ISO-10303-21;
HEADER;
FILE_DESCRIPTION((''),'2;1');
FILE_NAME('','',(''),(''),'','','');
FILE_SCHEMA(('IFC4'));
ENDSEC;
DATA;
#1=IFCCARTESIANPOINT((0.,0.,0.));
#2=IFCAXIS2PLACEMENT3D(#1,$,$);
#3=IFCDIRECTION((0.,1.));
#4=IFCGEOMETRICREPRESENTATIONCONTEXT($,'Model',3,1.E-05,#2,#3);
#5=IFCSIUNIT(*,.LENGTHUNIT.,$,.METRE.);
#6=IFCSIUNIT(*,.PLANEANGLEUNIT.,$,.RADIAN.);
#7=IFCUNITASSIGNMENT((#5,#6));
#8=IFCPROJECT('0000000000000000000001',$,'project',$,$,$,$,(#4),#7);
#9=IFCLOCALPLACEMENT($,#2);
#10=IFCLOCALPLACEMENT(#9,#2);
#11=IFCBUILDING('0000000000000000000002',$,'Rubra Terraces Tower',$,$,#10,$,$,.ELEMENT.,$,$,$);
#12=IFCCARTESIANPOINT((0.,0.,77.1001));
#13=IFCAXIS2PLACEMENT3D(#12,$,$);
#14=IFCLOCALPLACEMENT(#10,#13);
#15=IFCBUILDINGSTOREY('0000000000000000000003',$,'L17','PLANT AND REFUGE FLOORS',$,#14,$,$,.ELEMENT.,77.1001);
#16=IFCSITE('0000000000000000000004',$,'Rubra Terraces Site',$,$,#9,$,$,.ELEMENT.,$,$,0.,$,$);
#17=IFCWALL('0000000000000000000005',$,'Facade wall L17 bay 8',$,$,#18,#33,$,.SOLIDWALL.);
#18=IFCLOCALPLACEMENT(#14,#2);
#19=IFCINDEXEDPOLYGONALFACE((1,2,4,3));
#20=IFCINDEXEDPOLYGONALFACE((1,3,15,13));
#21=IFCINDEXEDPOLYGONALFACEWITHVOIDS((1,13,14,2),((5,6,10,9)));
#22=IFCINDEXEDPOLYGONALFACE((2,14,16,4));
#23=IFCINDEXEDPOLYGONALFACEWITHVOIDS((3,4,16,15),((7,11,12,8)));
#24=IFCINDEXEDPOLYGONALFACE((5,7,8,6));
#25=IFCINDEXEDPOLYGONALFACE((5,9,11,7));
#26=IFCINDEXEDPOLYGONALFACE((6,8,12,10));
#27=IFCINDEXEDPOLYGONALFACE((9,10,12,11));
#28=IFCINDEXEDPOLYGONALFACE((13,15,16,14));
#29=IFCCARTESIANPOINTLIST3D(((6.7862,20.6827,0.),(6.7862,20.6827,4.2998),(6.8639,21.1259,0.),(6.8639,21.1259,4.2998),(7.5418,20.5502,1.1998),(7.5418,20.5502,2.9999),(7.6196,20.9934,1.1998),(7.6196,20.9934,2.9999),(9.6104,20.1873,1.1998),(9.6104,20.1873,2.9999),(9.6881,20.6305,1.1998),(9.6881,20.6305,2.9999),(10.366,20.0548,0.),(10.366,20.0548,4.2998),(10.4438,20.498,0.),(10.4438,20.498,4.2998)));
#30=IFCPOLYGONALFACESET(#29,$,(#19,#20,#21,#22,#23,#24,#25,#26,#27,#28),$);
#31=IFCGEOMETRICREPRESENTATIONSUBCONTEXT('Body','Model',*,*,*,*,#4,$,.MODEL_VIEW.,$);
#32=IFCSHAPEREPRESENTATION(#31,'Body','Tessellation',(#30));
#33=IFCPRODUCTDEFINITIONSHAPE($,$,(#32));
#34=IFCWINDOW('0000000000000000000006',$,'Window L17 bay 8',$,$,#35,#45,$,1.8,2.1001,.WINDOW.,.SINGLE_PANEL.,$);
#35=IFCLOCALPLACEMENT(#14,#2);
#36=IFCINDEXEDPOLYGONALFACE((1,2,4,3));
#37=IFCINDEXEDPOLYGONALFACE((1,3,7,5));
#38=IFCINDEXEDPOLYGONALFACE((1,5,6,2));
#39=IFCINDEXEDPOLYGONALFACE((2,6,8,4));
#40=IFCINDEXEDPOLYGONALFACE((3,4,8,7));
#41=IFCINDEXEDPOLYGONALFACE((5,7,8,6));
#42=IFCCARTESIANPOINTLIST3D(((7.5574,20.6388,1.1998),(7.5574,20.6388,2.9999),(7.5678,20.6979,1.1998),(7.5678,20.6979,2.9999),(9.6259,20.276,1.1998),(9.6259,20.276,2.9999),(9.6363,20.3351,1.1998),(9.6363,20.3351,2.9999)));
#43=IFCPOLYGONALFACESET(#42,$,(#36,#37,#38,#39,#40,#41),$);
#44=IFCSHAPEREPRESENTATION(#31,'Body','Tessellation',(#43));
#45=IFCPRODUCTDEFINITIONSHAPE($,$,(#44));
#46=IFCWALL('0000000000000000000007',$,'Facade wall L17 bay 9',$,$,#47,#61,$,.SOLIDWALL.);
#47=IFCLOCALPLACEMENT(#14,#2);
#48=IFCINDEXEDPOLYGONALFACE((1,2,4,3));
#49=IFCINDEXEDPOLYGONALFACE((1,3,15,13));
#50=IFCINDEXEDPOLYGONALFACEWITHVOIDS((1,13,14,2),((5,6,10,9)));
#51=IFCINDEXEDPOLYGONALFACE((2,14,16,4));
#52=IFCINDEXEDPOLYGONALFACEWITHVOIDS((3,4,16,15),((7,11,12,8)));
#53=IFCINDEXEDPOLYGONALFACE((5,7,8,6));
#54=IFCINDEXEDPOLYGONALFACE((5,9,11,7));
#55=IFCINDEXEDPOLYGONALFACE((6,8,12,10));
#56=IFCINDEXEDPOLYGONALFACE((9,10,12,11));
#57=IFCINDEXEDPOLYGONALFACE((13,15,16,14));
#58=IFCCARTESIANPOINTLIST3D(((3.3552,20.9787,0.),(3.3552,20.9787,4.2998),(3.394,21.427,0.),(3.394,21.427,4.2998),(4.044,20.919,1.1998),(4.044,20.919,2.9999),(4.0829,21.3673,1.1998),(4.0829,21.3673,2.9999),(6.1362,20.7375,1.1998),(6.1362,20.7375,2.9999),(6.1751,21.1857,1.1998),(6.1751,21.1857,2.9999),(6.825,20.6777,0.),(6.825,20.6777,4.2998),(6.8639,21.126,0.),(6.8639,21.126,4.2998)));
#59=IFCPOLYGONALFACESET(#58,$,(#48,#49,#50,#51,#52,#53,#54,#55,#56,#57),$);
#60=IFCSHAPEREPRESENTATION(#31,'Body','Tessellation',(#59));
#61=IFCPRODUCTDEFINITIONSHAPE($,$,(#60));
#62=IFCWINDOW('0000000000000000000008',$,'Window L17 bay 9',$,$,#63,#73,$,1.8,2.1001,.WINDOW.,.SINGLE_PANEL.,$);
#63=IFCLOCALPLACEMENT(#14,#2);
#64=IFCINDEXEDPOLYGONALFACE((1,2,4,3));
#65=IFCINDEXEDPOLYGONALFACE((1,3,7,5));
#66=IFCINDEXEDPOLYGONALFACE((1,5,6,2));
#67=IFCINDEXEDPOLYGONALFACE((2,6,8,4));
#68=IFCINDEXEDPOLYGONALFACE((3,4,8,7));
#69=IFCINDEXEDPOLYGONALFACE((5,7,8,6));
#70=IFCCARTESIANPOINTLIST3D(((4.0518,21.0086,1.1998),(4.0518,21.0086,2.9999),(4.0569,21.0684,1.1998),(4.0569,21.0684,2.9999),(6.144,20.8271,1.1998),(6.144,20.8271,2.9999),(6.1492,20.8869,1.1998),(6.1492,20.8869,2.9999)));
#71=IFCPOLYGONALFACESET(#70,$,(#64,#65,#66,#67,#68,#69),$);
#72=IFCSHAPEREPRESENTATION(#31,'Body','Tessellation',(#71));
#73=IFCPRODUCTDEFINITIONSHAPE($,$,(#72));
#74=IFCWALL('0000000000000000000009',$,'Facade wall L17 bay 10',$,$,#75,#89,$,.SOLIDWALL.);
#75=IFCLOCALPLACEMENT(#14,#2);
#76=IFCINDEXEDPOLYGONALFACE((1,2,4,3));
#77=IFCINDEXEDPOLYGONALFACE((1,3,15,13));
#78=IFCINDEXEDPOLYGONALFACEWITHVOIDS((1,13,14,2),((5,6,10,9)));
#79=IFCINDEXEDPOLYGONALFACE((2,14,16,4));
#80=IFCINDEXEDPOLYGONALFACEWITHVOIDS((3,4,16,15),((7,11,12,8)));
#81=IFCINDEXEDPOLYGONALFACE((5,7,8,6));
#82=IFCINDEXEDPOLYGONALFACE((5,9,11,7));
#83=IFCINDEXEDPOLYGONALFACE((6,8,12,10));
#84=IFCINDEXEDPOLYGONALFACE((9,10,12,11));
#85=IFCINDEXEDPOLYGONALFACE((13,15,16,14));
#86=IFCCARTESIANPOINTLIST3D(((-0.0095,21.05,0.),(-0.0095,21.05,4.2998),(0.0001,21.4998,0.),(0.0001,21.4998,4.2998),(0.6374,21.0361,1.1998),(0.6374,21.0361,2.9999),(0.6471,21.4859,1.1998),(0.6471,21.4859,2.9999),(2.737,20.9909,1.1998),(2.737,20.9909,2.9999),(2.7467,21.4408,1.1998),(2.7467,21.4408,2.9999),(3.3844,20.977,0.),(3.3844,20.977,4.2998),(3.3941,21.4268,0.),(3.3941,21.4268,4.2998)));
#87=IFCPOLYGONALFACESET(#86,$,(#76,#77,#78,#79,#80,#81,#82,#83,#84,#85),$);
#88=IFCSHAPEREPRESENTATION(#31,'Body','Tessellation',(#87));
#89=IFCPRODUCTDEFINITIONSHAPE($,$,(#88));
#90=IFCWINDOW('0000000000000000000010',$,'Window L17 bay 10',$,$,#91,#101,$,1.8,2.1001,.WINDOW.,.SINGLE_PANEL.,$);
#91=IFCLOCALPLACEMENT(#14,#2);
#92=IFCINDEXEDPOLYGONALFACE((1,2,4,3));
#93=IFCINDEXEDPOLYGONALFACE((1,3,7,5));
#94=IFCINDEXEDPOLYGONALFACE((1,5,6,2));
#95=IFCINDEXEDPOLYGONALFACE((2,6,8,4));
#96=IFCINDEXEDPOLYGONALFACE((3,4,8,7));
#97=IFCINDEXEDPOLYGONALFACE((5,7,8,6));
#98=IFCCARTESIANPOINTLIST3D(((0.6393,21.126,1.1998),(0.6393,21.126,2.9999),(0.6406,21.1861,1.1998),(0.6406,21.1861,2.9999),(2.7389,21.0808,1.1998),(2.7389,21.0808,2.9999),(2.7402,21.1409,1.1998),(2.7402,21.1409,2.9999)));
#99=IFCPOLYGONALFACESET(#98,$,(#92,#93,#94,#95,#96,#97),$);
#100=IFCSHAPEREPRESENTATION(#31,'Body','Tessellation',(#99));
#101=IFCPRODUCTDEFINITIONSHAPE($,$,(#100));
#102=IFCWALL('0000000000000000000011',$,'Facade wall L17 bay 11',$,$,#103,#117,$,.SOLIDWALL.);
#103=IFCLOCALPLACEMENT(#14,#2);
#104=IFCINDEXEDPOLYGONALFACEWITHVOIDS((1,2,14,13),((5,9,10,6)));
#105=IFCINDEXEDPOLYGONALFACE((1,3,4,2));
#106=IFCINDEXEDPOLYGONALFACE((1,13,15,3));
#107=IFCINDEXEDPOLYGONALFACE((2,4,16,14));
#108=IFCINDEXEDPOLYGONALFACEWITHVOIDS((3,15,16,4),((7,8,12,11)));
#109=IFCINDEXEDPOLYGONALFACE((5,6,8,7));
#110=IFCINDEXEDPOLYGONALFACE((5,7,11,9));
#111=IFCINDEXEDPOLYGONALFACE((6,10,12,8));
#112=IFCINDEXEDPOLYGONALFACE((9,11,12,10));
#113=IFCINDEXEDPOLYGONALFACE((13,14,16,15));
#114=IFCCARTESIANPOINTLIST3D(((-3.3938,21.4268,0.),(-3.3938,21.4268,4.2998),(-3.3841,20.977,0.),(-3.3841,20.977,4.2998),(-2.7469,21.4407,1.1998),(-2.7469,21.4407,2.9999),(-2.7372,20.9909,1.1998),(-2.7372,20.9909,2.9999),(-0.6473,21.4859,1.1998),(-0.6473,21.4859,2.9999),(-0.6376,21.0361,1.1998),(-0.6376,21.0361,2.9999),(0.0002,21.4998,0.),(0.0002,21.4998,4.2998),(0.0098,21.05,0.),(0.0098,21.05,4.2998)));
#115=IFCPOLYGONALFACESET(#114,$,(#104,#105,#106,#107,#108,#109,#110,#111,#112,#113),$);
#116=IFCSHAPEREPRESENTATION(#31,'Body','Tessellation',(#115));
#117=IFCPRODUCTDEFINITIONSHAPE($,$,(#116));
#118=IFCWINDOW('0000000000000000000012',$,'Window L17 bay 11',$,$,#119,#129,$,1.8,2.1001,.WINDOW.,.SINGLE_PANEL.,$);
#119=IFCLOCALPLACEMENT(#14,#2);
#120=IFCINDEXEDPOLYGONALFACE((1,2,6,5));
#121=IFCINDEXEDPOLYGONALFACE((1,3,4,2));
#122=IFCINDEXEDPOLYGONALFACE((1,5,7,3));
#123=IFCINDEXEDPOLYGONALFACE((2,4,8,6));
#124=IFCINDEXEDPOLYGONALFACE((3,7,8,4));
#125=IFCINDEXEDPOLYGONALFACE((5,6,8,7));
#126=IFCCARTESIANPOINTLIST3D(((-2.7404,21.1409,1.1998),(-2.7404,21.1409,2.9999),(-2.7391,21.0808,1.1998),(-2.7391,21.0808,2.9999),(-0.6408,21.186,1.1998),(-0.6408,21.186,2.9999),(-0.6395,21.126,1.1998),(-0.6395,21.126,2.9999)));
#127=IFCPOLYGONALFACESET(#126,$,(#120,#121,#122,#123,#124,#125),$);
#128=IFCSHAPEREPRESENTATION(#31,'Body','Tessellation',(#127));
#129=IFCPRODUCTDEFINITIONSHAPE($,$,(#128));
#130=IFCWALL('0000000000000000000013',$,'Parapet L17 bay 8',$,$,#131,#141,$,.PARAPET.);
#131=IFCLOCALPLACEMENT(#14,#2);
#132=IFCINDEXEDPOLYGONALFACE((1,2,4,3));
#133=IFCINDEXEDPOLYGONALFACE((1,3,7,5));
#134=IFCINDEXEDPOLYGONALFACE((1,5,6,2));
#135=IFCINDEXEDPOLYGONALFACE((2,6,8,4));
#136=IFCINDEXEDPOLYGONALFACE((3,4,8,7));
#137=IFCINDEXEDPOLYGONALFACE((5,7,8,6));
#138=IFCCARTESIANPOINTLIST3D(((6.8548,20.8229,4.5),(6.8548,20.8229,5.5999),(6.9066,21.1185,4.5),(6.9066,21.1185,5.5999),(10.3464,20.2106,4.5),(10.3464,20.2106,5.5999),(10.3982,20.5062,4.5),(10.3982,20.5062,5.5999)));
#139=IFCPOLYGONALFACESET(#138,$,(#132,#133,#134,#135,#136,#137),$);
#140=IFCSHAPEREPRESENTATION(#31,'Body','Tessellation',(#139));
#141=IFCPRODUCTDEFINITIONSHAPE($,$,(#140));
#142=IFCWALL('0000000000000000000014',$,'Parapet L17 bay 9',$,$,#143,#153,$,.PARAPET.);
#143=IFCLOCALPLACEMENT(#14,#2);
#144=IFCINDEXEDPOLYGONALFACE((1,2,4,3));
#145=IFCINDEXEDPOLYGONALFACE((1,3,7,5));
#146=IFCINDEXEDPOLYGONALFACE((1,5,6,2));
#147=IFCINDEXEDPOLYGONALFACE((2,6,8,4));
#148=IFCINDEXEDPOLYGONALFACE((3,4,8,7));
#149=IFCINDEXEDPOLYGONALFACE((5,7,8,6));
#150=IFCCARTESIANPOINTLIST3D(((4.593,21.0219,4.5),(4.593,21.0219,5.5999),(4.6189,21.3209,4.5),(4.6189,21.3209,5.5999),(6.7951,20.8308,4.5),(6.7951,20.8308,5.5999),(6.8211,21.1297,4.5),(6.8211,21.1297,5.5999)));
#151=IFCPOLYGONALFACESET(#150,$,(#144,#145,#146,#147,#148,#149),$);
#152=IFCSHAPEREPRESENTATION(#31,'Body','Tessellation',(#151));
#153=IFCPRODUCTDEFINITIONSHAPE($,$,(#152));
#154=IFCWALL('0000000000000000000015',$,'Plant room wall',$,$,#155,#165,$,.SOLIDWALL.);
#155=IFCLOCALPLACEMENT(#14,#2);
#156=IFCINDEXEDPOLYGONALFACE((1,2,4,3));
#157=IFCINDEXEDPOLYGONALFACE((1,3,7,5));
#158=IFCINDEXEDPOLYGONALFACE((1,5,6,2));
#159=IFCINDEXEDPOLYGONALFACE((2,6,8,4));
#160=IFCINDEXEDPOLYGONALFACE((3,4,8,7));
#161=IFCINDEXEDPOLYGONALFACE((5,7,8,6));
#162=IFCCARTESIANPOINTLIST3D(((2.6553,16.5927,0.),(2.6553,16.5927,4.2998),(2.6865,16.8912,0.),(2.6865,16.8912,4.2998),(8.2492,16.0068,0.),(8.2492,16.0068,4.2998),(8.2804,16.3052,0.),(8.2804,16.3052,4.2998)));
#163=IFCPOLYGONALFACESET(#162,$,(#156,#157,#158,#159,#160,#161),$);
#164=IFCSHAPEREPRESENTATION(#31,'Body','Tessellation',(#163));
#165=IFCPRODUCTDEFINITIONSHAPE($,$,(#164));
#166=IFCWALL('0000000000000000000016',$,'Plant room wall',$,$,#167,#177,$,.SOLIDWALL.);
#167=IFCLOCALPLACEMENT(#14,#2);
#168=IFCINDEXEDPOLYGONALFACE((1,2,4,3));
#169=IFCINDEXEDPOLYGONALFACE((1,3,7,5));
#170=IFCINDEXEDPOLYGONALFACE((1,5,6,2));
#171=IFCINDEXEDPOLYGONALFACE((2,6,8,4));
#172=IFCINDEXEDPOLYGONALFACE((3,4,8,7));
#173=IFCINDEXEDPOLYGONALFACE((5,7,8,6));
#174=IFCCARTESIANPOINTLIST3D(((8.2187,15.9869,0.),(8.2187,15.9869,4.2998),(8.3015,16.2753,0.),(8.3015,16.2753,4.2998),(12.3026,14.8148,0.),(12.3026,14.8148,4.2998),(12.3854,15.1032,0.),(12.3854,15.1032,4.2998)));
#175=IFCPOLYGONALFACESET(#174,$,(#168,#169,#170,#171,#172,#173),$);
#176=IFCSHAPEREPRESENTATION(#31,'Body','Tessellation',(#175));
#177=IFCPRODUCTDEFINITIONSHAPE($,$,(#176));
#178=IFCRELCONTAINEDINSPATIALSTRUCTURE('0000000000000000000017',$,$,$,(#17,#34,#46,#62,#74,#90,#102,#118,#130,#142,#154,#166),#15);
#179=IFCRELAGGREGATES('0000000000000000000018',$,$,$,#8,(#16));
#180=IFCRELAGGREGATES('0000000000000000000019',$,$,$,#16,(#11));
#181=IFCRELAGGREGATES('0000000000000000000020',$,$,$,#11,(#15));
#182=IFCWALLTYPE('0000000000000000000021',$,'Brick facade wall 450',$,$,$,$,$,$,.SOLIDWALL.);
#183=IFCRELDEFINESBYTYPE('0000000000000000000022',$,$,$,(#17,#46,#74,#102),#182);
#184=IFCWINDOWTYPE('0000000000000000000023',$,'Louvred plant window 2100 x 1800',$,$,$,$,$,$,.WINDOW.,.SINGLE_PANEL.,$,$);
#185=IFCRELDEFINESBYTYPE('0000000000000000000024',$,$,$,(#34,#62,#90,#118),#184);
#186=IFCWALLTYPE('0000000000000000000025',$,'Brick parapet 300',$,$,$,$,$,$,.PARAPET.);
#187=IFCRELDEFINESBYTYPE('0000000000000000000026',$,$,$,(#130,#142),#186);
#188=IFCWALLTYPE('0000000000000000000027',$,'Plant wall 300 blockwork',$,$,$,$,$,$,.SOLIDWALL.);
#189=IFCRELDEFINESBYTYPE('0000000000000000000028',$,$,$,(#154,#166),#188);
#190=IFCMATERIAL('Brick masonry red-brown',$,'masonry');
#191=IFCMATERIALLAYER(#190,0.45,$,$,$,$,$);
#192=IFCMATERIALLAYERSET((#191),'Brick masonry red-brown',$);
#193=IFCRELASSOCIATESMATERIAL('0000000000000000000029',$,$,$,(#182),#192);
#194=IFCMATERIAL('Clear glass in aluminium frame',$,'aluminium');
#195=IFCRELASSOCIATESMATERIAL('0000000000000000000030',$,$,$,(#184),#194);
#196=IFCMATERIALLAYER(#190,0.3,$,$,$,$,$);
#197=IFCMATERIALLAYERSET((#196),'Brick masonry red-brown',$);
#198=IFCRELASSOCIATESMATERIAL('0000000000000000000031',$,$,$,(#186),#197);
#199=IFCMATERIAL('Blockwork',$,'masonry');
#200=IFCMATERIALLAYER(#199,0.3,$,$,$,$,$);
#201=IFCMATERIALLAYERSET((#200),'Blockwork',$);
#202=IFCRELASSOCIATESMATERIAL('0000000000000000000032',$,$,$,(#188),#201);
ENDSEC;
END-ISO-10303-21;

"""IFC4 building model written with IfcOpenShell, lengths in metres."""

from ifc_helpers import new_model, si_unit, direction, frame, frame_2d, origin, place, context, subcontext, project, spatial, rectangle, extrude, material, layer, layer_set, type_object, element, fill, save


model = new_model("IFC4")

# Units and contexts
model_context = context("Model", 3, precision=1e-05, world=origin(), true_north=direction((0.0, 1.0)))
body_context = subcontext(model_context, "Body", "Model", "MODEL_VIEW")
ifc_project = project(units=[si_unit("LENGTHUNIT", "METRE"), si_unit("PLANEANGLEUNIT", "RADIAN")], contexts=[model_context])

# Site, building, storey
site_placement = place(None, origin())
site = spatial("IfcSite", under=ifc_project, at=site_placement, Name="Rubra Terraces Site", CompositionType="ELEMENT", RefElevation=0.0)
building_placement = place(site_placement, origin())
building = spatial("IfcBuilding", under=site, at=building_placement, Name="Rubra Terraces Tower", CompositionType="ELEMENT")
storey_placement = place(building_placement, frame((0.0, 0.0, 77.1001)))
storey = spatial("IfcBuildingStorey", under=building, at=storey_placement, Name="L17", Description="PLANT AND REFUGE FLOORS", CompositionType="ELEMENT", Elevation=77.1001)

# Walls, openings, windows
ifc_material_1 = material(Name="Brick masonry red-brown", Category="masonry")
ifc_layer_1 = layer(ifc_material_1, 0.45)
ifc_layer_set_1 = layer_set([ifc_layer_1], Name="Brick masonry red-brown")
wall_type_1 = type_object("IfcWallType", Name="Brick facade wall 450", PredefinedType="SOLIDWALL", material=ifc_layer_set_1)
wall_1_placement = place(storey_placement, frame((10.405, 20.2764, 0.0), z_axis=(0.0, 0.0, 1.0), x_axis=(-0.984962, 0.17277, 0.0)))
wall_1 = element("IfcWall", 1, at=wall_1_placement, inside=storey, type_object=wall_type_1, Name="Facade wall L17 bay 8", PredefinedType="SOLIDWALL", context=body_context, shape_type="SweptSolid", body=[
    extrude(rectangle(XDim=3.6345, YDim=0.45, at=frame_2d((1.8174, 0.0))), origin(), (0.0, 0.0, 1.0), 4.2998),
])
opening_1_placement = place(wall_1_placement, frame((0.7673, 0.0, 1.2)))
opening_1 = element("IfcOpeningElement", 2, at=opening_1_placement, cuts=wall_1, PredefinedType="OPENING", context=body_context, shape_type="SweptSolid", body=[
    extrude(rectangle(XDim=2.1001, YDim=1.8, at=frame_2d((1.05, 0.8999))), frame((0.0, 0.2349, 0.0), z_axis=(0.0, -1.0, 0.0), x_axis=(1.0, 0.0, 0.0)), (0.0, 0.0, 1.0), 0.47),
])
ifc_material_2 = material(Name="Clear glass in aluminium frame", Category="aluminium")
window_type = type_object("IfcWindowType", Name="Louvred plant window 2100 x 1800", PartitioningType="SINGLE_PANEL", PredefinedType="WINDOW", material=ifc_material_2)
window_1_placement = place(opening_1_placement, origin())
window_1 = element("IfcWindow", 3, at=window_1_placement, inside=storey, type_object=window_type, Name="Window L17 bay 8", OverallHeight=1.8, OverallWidth=2.1001, PartitioningType="SINGLE_PANEL", PredefinedType="WINDOW", context=body_context, shape_type="SweptSolid", body=[
    extrude(rectangle(XDim=2.1001, YDim=1.8, at=frame_2d((1.05, 0.8999))), frame((0.0, 0.135, 0.0), z_axis=(0.0, -1.0, 0.0), x_axis=(1.0, 0.0, 0.0)), (0.0, 0.0, 1.0), 0.0601),
])
fill(opening_1, window_1)
wall_2_placement = place(storey_placement, frame((6.8445, 20.9019, 0.0), z_axis=(0.0, 0.0, 1.0), x_axis=(-0.996258, 0.086427, 0.0)))
wall_2 = element("IfcWall", 4, at=wall_2_placement, inside=storey, type_object=wall_type_1, Name="Facade wall L17 bay 9", PredefinedType="SOLIDWALL", context=body_context, shape_type="SweptSolid", body=[
    extrude(rectangle(XDim=3.4829, YDim=0.45, at=frame_2d((1.7415, 0.0))), origin(), (0.0, 0.0, 1.0), 4.2998),
])
opening_2_placement = place(wall_2_placement, frame((0.6914, 0.0, 1.2)))
opening_2 = element("IfcOpeningElement", 5, at=opening_2_placement, cuts=wall_2, PredefinedType="OPENING", context=body_context, shape_type="SweptSolid", body=[
    extrude(rectangle(XDim=2.1001, YDim=1.8, at=frame_2d((1.05, 0.8999))), frame((0.0, 0.2349, 0.0), z_axis=(0.0, -1.0, 0.0), x_axis=(1.0, 0.0, 0.0)), (0.0, 0.0, 1.0), 0.47),
])
window_2_placement = place(opening_2_placement, origin())
window_2 = element("IfcWindow", 6, at=window_2_placement, inside=storey, type_object=window_type, Name="Window L17 bay 9", OverallHeight=1.8, OverallWidth=2.1001, PartitioningType="SINGLE_PANEL", PredefinedType="WINDOW", context=body_context, shape_type="SweptSolid", body=[
    extrude(rectangle(XDim=2.1001, YDim=1.8, at=frame_2d((1.05, 0.8999))), frame((0.0, 0.135, 0.0), z_axis=(0.0, -1.0, 0.0), x_axis=(1.0, 0.0, 0.0)), (0.0, 0.0, 1.0), 0.0601),
])
fill(opening_2, window_2)
wall_3_placement = place(storey_placement, frame((3.3892, 21.2019, 0.0), z_axis=(0.0, 0.0, 1.0), x_axis=(-0.999769, 0.021503, 0.0)))
wall_3 = element("IfcWall", 7, at=wall_3_placement, inside=storey, type_object=wall_type_1, Name="Facade wall L17 bay 10", PredefinedType="SOLIDWALL", context=body_context, shape_type="SweptSolid", body=[
    extrude(rectangle(XDim=3.3948, YDim=0.45, at=frame_2d((1.6973, 0.0))), origin(), (0.0, 0.0, 1.0), 4.2998),
])
opening_3_placement = place(wall_3_placement, frame((0.6475, 0.0, 1.2)))
opening_3 = element("IfcOpeningElement", 8, at=opening_3_placement, cuts=wall_3, PredefinedType="OPENING", context=body_context, shape_type="SweptSolid", body=[
    extrude(rectangle(XDim=2.1001, YDim=1.8, at=frame_2d((1.05, 0.8999))), frame((0.0, 0.2349, 0.0), z_axis=(0.0, -1.0, 0.0), x_axis=(1.0, 0.0, 0.0)), (0.0, 0.0, 1.0), 0.47),
])
window_3_placement = place(opening_3_placement, origin())
window_3 = element("IfcWindow", 9, at=window_3_placement, inside=storey, type_object=window_type, Name="Window L17 bay 10", OverallHeight=1.8, OverallWidth=2.1001, PartitioningType="SINGLE_PANEL", PredefinedType="WINDOW", context=body_context, shape_type="SweptSolid", body=[
    extrude(rectangle(XDim=2.1001, YDim=1.8, at=frame_2d((1.05, 0.8999))), frame((0.0, 0.135, 0.0), z_axis=(0.0, -1.0, 0.0), x_axis=(1.0, 0.0, 0.0)), (0.0, 0.0, 1.0), 0.0601),
])
fill(opening_3, window_3)
wall_4_placement = place(storey_placement, frame((0.0049, 21.2749, 0.0), z_axis=(0.0, 0.0, 1.0), x_axis=(-0.999769, -0.021503, 0.0)))
wall_4 = element("IfcWall", 10, at=wall_4_placement, inside=storey, type_object=wall_type_1, Name="Facade wall L17 bay 11", PredefinedType="SOLIDWALL", context=body_context, shape_type="SweptSolid", body=[
    extrude(rectangle(XDim=3.3948, YDim=0.45, at=frame_2d((1.6973, 0.0))), origin(), (0.0, 0.0, 1.0), 4.2998),
])
opening_4_placement = place(wall_4_placement, frame((0.6475, 0.0, 1.2)))
opening_4 = element("IfcOpeningElement", 11, at=opening_4_placement, cuts=wall_4, PredefinedType="OPENING", context=body_context, shape_type="SweptSolid", body=[
    extrude(rectangle(XDim=2.1001, YDim=1.8, at=frame_2d((1.05, 0.8999))), frame((0.0, 0.2349, 0.0), z_axis=(0.0, -1.0, 0.0), x_axis=(1.0, 0.0, 0.0)), (0.0, 0.0, 1.0), 0.47),
])
window_4_placement = place(opening_4_placement, origin())
window_4 = element("IfcWindow", 12, at=window_4_placement, inside=storey, type_object=window_type, Name="Window L17 bay 11", OverallHeight=1.8, OverallWidth=2.1001, PartitioningType="SINGLE_PANEL", PredefinedType="WINDOW", context=body_context, shape_type="SweptSolid", body=[
    extrude(rectangle(XDim=2.1001, YDim=1.8, at=frame_2d((1.05, 0.8999))), frame((0.0, 0.135, 0.0), z_axis=(0.0, -1.0, 0.0), x_axis=(1.0, 0.0, 0.0)), (0.0, 0.0, 1.0), 0.0601),
])
fill(opening_4, window_4)

# Walls
ifc_layer_2 = layer(ifc_material_1, 0.3)
ifc_layer_set_2 = layer_set([ifc_layer_2], Name="Brick masonry red-brown")
wall_type_2 = type_object("IfcWallType", Name="Brick parapet 300", PredefinedType="PARAPET", material=ifc_layer_set_2)
wall_5_placement = place(storey_placement, frame((10.3723, 20.3584, 4.5), z_axis=(0.0, 0.0, 1.0), x_axis=(-0.98497, 0.172724, 0.0)))
element("IfcWall", 13, at=wall_5_placement, inside=storey, type_object=wall_type_2, Name="Parapet L17 bay 8", PredefinedType="PARAPET", context=body_context, shape_type="SweptSolid", body=[
    extrude(rectangle(XDim=3.5449, YDim=0.3, at=frame_2d((1.7725, 0.0))), origin(), (0.0, 0.0, 1.0), 1.0999),
])
wall_6_placement = place(storey_placement, frame((6.8081, 20.9802, 4.5), z_axis=(0.0, 0.0, 1.0), x_axis=(-0.996253, 0.086482, 0.0)))
element("IfcWall", 14, at=wall_6_placement, inside=storey, type_object=wall_type_2, Name="Parapet L17 bay 9", PredefinedType="PARAPET", context=body_context, shape_type="SweptSolid", body=[
    extrude(rectangle(XDim=2.2104, YDim=0.3, at=frame_2d((1.1052, 0.0))), origin(), (0.0, 0.0, 1.0), 1.0999),
])
ifc_material_3 = material(Name="Blockwork", Category="masonry")
ifc_layer_3 = layer(ifc_material_3, 0.3)
ifc_layer_set_3 = layer_set([ifc_layer_3], Name="Blockwork")
wall_type_3 = type_object("IfcWallType", Name="Plant wall 300 blockwork", PredefinedType="SOLIDWALL", material=ifc_layer_set_3)
wall_7_placement = place(storey_placement, frame((2.6709, 16.7419, 0.0), z_axis=(0.0, 0.0, 1.0), x_axis=(0.994559, -0.104174, 0.0)))
element("IfcWall", 15, at=wall_7_placement, inside=storey, type_object=wall_type_3, Name="Plant room wall", PredefinedType="SOLIDWALL", context=body_context, shape_type="SweptSolid", body=[
    extrude(rectangle(XDim=5.6245, YDim=0.3, at=frame_2d((2.8123, 0.0))), origin(), (0.0, 0.0, 1.0), 4.2998),
])
wall_8_placement = place(storey_placement, frame((8.26, 16.1311, 0.0), z_axis=(0.0, 0.0, 1.0), x_axis=(0.961196, -0.275867, 0.0)))
element("IfcWall", 16, at=wall_8_placement, inside=storey, type_object=wall_type_3, Name="Plant room wall", PredefinedType="SOLIDWALL", context=body_context, shape_type="SweptSolid", body=[
    extrude(rectangle(XDim=4.2488, YDim=0.3, at=frame_2d((2.1245, 0.0))), origin(), (0.0, 0.0, 1.0), 4.2998),
])

save(model, "model.ifc")
